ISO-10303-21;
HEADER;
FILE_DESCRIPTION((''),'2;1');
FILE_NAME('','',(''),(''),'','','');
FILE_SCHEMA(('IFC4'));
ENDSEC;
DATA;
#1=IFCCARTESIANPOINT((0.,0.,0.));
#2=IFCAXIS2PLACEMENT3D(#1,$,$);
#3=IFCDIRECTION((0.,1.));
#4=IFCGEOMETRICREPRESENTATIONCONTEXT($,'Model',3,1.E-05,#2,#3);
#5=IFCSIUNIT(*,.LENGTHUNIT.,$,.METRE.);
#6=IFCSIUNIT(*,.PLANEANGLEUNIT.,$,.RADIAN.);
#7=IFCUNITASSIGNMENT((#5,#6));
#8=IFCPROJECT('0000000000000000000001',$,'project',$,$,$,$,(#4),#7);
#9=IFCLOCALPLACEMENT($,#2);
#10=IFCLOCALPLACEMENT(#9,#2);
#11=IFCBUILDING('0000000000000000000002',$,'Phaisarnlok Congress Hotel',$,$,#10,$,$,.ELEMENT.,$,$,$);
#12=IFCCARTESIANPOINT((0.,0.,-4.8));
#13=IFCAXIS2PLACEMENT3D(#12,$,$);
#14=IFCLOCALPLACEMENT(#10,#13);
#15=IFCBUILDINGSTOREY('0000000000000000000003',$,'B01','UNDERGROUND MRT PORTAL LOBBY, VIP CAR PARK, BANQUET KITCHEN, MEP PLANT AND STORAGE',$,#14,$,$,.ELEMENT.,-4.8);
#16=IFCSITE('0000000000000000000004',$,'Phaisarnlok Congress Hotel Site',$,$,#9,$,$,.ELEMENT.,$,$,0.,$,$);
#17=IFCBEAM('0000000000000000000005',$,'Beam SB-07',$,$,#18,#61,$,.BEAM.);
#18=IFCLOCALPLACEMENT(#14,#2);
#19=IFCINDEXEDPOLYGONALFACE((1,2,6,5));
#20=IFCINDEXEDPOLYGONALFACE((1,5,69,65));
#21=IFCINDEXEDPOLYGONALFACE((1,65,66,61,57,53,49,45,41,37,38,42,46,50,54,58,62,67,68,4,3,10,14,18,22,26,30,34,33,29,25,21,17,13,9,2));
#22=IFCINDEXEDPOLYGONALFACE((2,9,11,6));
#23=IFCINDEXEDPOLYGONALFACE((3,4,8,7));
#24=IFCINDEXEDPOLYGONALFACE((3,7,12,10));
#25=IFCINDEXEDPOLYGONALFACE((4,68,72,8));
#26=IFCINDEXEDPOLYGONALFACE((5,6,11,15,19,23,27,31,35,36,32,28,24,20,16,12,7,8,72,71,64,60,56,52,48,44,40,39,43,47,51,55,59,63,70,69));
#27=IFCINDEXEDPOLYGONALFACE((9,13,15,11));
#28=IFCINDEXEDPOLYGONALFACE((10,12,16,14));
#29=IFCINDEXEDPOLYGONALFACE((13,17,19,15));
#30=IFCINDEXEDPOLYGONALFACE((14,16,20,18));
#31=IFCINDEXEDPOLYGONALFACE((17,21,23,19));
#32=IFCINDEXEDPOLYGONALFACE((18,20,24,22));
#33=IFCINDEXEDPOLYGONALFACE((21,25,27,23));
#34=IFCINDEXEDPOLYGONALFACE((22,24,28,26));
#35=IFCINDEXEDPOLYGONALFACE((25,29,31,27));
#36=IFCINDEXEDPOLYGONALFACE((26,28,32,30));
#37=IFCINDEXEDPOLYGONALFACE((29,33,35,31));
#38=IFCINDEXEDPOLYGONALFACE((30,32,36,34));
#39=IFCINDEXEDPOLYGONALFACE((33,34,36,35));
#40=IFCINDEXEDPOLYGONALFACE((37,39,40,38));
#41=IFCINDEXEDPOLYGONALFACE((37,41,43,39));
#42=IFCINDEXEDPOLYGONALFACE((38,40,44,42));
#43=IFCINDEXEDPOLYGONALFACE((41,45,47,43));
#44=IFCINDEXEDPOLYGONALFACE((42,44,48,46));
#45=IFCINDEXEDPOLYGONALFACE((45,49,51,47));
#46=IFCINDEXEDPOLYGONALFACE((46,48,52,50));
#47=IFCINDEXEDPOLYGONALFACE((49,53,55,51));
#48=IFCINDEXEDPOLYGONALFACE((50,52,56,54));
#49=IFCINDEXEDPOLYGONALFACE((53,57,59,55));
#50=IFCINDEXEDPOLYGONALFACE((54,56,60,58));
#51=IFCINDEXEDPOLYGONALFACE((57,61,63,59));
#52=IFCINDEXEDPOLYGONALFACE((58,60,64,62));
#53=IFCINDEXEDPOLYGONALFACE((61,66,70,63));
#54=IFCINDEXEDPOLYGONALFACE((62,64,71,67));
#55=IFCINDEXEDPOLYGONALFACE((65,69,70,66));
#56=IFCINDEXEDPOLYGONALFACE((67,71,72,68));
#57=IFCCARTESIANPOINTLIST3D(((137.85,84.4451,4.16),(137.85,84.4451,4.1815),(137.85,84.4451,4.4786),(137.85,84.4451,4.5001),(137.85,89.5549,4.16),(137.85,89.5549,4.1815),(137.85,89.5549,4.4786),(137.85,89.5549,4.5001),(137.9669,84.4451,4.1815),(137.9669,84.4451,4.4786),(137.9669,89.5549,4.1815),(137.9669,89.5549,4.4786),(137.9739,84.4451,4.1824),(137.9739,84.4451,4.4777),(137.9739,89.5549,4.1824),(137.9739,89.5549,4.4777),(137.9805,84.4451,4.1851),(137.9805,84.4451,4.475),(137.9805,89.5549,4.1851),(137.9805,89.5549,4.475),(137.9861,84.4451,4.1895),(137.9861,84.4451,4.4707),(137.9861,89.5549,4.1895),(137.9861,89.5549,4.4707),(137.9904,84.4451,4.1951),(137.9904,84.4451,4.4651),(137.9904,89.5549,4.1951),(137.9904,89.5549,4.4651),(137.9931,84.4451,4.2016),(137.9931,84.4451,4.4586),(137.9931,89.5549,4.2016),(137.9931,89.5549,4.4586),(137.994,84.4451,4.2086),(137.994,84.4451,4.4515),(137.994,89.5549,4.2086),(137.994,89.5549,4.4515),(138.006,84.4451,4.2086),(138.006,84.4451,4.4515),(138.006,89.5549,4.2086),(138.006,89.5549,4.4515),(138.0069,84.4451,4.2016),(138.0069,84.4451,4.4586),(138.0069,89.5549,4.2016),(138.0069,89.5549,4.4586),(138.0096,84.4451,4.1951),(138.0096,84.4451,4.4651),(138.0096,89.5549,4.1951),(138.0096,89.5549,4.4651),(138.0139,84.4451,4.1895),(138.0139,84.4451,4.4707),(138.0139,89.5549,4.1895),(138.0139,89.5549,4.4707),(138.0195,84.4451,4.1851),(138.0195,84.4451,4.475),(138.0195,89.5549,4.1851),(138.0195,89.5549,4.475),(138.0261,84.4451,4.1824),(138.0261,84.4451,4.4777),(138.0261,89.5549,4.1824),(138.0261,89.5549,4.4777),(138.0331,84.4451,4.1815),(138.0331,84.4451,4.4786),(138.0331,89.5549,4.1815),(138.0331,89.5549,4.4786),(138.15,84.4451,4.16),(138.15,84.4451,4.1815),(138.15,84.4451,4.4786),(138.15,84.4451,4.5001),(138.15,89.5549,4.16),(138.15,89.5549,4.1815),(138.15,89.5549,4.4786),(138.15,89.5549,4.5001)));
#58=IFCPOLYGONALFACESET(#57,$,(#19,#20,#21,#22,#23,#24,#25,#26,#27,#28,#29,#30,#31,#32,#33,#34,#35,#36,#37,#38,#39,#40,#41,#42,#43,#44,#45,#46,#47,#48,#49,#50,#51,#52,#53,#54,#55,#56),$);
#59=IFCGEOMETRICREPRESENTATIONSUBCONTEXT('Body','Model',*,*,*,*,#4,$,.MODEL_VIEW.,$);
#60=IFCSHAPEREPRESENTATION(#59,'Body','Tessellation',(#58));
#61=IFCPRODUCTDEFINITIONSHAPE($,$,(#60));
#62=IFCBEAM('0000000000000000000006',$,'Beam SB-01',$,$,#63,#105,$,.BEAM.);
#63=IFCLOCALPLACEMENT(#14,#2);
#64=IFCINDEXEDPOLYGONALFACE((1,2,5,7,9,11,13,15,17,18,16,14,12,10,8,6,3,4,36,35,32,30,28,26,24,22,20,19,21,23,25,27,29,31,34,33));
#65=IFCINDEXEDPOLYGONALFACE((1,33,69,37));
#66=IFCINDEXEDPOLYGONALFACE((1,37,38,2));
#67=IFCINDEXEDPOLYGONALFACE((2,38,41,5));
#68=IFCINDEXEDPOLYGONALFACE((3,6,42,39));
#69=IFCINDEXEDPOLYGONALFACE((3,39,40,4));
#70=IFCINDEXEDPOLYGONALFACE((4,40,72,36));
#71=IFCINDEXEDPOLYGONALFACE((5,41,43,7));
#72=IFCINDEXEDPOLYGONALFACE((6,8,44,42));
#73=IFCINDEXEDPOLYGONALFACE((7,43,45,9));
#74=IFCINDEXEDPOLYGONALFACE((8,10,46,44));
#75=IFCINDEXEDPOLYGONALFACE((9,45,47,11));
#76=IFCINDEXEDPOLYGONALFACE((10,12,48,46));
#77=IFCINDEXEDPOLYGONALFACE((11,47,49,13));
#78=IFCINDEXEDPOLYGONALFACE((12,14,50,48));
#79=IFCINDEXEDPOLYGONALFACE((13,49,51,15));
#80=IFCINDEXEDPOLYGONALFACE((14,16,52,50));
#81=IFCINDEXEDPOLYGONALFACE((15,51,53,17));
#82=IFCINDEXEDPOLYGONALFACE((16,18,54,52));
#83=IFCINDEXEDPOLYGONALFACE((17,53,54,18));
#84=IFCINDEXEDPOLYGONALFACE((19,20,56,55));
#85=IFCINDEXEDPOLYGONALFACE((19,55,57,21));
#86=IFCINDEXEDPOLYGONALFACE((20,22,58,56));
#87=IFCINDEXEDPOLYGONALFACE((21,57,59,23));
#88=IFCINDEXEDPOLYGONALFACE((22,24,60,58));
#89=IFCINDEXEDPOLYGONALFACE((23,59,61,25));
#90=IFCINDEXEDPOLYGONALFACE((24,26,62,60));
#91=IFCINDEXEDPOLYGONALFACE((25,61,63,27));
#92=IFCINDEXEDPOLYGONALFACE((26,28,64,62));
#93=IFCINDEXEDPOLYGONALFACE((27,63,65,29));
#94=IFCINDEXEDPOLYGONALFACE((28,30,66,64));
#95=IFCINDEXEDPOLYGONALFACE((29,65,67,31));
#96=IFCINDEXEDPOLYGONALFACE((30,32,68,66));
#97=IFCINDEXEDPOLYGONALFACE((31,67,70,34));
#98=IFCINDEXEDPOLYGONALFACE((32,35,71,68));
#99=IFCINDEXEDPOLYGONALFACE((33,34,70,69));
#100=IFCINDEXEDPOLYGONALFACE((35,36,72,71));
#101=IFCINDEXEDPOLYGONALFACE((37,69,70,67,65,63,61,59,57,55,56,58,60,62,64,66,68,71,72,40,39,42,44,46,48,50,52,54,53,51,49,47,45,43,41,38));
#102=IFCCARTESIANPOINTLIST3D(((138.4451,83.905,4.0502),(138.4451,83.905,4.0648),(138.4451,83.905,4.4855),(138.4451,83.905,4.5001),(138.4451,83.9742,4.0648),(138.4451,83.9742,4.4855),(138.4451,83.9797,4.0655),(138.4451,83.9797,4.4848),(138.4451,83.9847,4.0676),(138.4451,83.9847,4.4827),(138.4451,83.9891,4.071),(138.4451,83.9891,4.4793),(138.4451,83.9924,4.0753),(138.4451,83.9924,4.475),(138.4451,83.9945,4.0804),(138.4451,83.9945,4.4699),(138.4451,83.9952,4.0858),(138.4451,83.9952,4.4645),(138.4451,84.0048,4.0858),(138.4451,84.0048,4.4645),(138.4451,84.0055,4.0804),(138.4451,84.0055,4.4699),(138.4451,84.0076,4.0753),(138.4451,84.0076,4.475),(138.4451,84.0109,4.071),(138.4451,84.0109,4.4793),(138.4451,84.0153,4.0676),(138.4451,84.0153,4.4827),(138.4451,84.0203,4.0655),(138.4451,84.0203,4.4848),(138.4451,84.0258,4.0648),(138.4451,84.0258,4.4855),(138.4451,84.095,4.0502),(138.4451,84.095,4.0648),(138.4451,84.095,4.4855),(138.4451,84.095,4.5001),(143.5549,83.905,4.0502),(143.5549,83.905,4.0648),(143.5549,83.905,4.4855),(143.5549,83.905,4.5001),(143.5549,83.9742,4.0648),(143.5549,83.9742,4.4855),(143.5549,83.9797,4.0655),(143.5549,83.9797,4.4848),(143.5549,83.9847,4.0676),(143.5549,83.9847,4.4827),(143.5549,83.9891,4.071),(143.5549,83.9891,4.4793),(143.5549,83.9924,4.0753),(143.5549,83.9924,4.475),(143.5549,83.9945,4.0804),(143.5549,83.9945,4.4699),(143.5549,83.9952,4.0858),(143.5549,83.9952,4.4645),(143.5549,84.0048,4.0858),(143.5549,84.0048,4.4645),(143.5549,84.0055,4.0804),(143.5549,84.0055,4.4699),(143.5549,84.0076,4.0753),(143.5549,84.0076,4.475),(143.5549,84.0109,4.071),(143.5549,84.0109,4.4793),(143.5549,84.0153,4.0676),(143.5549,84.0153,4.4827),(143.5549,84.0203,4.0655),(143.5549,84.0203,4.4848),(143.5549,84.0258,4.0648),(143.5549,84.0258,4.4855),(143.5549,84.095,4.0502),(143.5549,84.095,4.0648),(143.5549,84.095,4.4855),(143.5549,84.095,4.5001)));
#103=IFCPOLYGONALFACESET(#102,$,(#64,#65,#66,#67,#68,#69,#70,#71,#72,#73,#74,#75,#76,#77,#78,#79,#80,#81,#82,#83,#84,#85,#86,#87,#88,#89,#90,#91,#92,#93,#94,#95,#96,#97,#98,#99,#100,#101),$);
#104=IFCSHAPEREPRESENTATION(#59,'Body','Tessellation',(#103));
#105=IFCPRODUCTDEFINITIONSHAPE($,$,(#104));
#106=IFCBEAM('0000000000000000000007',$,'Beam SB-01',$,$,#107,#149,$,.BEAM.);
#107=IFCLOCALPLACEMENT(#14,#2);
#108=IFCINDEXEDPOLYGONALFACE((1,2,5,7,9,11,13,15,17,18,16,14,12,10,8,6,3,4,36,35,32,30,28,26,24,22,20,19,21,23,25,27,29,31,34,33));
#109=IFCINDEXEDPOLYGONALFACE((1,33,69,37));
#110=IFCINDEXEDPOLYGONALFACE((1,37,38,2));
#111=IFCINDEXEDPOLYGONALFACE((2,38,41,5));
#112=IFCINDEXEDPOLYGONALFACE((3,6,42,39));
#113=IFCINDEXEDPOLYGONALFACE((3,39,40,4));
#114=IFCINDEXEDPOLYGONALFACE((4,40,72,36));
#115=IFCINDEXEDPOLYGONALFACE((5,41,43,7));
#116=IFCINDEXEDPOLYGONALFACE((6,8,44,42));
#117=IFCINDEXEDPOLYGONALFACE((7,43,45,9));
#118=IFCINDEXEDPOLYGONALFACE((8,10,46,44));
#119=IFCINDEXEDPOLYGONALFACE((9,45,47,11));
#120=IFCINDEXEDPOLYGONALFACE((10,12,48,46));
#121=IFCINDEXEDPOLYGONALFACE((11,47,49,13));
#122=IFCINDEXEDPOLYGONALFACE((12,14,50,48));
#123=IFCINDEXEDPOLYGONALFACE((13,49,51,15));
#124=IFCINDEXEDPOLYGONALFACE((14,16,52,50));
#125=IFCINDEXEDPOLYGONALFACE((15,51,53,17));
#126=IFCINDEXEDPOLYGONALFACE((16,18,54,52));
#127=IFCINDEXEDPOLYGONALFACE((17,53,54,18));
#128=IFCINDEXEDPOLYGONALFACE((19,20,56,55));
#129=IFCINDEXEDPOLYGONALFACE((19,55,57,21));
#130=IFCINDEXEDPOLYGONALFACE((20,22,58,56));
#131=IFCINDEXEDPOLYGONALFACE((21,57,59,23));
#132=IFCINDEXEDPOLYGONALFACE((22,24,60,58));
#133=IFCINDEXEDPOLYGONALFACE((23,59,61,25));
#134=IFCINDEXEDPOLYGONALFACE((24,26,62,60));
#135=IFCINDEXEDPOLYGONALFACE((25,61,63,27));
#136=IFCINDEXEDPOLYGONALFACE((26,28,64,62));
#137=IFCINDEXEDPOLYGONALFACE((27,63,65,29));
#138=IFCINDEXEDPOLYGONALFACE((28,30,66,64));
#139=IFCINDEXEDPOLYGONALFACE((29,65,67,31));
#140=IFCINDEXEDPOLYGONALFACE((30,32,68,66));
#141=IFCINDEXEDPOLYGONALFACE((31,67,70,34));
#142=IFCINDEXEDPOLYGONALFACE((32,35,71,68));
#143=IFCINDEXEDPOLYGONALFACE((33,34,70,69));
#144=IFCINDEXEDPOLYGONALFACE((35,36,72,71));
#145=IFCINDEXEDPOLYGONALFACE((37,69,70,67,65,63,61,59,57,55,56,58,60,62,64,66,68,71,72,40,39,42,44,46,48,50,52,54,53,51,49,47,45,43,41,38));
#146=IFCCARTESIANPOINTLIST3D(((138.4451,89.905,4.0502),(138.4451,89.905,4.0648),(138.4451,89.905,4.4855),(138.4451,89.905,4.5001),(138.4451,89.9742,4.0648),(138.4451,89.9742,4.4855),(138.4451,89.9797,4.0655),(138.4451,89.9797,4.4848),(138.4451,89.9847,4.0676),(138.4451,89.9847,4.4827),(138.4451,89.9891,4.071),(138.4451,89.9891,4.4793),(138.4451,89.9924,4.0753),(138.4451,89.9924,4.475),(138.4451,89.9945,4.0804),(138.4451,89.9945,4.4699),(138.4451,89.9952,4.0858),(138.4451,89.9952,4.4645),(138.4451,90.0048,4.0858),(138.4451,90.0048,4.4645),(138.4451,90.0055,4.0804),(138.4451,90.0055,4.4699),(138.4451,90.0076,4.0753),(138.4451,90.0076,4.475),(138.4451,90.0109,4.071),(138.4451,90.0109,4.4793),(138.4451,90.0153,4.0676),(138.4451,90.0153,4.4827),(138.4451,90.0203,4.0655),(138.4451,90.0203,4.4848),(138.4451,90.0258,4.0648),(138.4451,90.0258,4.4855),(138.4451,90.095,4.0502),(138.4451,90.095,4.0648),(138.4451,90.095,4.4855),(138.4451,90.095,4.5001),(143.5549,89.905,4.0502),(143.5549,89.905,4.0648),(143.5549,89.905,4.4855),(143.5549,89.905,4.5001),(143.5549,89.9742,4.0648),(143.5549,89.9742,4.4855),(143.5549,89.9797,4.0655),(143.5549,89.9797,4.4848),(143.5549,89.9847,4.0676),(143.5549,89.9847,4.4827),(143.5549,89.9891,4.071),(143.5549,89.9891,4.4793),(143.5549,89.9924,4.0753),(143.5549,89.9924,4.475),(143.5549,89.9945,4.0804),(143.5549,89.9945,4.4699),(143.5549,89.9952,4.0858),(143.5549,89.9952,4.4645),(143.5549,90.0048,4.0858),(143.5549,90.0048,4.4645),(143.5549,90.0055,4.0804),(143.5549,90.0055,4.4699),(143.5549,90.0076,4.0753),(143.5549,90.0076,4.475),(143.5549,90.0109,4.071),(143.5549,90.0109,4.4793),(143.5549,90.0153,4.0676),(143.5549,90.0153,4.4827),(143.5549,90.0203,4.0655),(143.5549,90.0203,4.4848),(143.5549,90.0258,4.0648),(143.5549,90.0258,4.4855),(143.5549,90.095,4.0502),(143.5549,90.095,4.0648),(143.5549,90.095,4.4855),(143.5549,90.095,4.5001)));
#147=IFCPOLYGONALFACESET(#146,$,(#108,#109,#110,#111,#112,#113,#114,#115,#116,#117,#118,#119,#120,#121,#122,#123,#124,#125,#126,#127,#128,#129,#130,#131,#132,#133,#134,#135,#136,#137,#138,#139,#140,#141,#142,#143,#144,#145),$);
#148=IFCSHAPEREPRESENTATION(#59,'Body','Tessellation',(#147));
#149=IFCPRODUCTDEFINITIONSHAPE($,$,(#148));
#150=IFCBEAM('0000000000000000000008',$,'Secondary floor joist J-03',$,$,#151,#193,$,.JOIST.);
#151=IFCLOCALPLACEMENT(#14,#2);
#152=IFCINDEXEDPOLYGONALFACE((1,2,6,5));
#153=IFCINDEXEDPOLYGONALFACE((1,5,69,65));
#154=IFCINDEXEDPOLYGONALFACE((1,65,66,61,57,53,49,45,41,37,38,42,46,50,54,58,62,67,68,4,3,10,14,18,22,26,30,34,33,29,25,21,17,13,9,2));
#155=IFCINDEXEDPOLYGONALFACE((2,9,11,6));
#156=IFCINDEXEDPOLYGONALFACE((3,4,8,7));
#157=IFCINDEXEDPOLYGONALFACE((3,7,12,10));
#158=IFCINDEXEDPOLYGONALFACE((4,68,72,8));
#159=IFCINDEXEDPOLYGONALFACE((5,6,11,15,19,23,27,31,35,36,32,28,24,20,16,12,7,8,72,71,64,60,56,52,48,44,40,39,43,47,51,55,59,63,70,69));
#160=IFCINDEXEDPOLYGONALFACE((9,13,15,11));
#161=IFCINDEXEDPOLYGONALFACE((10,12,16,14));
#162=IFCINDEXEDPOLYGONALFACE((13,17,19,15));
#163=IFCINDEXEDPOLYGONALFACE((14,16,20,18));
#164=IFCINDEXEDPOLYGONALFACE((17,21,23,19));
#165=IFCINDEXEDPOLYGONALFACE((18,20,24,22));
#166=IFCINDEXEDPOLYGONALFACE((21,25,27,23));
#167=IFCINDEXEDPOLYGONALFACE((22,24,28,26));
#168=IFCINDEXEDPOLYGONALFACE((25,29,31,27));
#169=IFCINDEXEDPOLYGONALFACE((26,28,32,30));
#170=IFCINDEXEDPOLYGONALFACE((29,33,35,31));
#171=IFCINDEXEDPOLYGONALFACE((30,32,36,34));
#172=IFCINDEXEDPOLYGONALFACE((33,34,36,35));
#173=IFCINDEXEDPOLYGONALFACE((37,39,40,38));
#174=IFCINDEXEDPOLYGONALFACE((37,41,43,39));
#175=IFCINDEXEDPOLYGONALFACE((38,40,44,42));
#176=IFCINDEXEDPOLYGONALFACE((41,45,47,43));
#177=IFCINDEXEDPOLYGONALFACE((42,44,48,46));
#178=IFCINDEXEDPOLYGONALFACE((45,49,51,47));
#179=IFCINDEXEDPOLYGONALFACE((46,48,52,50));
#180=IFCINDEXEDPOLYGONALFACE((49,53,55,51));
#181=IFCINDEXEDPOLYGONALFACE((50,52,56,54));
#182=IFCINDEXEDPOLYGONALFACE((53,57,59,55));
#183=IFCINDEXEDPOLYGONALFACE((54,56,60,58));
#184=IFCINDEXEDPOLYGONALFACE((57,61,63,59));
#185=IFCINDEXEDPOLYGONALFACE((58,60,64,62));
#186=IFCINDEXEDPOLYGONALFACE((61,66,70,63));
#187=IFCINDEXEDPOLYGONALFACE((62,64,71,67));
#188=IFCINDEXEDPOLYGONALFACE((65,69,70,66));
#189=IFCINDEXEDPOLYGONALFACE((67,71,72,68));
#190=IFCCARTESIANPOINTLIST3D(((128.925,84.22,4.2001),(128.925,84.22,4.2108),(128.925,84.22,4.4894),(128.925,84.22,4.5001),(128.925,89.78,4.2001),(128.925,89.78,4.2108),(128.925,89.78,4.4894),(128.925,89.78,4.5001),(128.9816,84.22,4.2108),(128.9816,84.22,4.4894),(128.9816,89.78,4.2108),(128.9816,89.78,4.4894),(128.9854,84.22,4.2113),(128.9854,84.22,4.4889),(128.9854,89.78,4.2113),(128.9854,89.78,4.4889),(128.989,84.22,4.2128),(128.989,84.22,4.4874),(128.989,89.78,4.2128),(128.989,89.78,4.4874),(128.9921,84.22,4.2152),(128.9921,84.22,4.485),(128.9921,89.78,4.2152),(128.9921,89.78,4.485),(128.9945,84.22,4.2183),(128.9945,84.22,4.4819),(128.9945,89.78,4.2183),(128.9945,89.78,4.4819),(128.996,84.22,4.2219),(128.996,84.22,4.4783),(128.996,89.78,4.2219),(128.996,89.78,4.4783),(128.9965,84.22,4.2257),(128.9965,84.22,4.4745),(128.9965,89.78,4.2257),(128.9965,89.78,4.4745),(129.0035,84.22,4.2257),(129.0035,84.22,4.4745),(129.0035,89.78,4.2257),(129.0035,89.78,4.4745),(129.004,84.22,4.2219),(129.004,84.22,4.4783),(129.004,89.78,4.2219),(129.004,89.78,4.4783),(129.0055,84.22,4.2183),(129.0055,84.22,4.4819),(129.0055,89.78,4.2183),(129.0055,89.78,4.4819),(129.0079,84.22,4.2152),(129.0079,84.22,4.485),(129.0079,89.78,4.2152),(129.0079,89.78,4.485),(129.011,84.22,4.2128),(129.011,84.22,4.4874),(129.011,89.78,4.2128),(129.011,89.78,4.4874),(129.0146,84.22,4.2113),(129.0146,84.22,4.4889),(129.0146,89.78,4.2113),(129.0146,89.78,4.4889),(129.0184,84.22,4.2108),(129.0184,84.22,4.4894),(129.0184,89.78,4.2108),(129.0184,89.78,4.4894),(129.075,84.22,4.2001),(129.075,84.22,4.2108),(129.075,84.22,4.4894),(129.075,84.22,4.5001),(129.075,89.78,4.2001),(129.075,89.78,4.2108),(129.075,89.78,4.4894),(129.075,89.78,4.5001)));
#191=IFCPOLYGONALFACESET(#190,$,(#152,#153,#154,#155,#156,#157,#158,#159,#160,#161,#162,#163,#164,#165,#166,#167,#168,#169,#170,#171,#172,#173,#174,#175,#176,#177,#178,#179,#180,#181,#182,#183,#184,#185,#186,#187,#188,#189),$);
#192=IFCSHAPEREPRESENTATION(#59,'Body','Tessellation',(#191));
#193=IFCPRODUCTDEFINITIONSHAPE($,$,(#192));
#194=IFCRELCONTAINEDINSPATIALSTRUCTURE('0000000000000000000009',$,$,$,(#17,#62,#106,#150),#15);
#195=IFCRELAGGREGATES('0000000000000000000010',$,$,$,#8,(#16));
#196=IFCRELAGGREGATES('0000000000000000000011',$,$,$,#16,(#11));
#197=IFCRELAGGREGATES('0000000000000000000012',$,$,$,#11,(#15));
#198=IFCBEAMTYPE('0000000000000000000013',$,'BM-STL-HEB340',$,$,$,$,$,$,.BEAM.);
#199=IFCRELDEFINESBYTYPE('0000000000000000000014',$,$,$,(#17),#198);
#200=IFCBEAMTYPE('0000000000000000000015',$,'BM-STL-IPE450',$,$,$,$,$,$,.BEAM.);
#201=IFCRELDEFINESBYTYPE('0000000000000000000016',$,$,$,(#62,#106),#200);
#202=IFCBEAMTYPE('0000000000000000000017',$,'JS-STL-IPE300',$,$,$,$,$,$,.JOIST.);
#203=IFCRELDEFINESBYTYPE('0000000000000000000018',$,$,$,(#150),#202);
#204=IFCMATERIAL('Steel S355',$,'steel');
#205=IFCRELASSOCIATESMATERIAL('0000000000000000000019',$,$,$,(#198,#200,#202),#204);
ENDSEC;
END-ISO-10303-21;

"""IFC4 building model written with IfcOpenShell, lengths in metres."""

from ifc_helpers import new_model, si_unit, direction, frame, origin, origin_2d, place, context, subcontext, project, spatial, i_section, extrude, material, material_profile, profile_set, type_object, element, save


model = new_model("IFC4")

# Units and contexts
model_context = context("Model", 3, precision=1e-05, world=origin(), true_north=direction((0.0, 1.0)))
body_context = subcontext(model_context, "Body", "Model", "MODEL_VIEW")
ifc_project = project(units=[si_unit("LENGTHUNIT", "METRE"), si_unit("PLANEANGLEUNIT", "RADIAN")], contexts=[model_context])

# Site, building, storey
site_placement = place(None, origin())
site = spatial("IfcSite", under=ifc_project, at=site_placement, Name="Phaisarnlok Congress Hotel Site", CompositionType="ELEMENT", RefElevation=0.0)
building_placement = place(site_placement, origin())
building = spatial("IfcBuilding", under=site, at=building_placement, Name="Phaisarnlok Congress Hotel", CompositionType="ELEMENT")
storey_placement = place(building_placement, frame((0.0, 0.0, -4.8)))
storey = spatial("IfcBuildingStorey", under=building, at=storey_placement, Name="B01", Description="UNDERGROUND MRT PORTAL LOBBY, VIP CAR PARK, BANQUET KITCHEN, MEP PLANT AND STORAGE", CompositionType="ELEMENT", Elevation=-4.8)

# Beams
ifc_material_1 = material(Name="Steel S355", Category="steel")
ifc_material_profile_1 = material_profile(ifc_material_1, i_section(OverallWidth=0.3, OverallDepth=0.3401, WebThickness=0.012, FlangeThickness=0.0215, FilletRadius=0.0271, at=origin_2d()), Name="HEB 340")
ifc_profile_set_1 = profile_set([ifc_material_profile_1], Name="Steel S355")
beam_type_1 = type_object("IfcBeamType", Name="BM-STL-HEB340", PredefinedType="BEAM", material=ifc_profile_set_1)
for number, where, z_axis, x_axis, name in (
    (1, (138.0, 84.4451, 4.3301), (0.0, 1.0, 0.0), (-1.0, 0.0, 0.0), "Beam SB-07"),
):
    element("IfcBeam", number, at=place(storey_placement, frame(where, z_axis=z_axis, x_axis=x_axis)), inside=storey, type_object=beam_type_1, Name=name, PredefinedType="BEAM", context=body_context, shape_type="SweptSolid", body=[
        extrude(i_section(OverallWidth=0.3, OverallDepth=0.3401, WebThickness=0.012, FlangeThickness=0.0215, FilletRadius=0.0271, at=origin_2d()), origin(), (0.0, 0.0, 1.0), 5.1099),
    ])
ifc_material_profile_2 = material_profile(ifc_material_1, i_section(OverallWidth=0.1899, OverallDepth=0.45, WebThickness=0.0095, FlangeThickness=0.0146, FilletRadius=0.021, at=origin_2d()), Name="IPE 450")
ifc_profile_set_2 = profile_set([ifc_material_profile_2], Name="Steel S355")
beam_type_2 = type_object("IfcBeamType", Name="BM-STL-IPE450", PredefinedType="BEAM", material=ifc_profile_set_2)
for number, where, z_axis, x_axis, name in (
    (2, (138.4451, 84.0, 4.2751), (1.0, 0.0, 0.0), (0.0, 1.0, 0.0), "Beam SB-01"),
    (3, (138.4451, 90.0, 4.2751), (1.0, 0.0, 0.0), (0.0, 1.0, 0.0), "Beam SB-01"),
):
    element("IfcBeam", number, at=place(storey_placement, frame(where, z_axis=z_axis, x_axis=x_axis)), inside=storey, type_object=beam_type_2, Name=name, PredefinedType="BEAM", context=body_context, shape_type="SweptSolid", body=[
        extrude(i_section(OverallWidth=0.1899, OverallDepth=0.45, WebThickness=0.0095, FlangeThickness=0.0146, FilletRadius=0.021, at=origin_2d()), origin(), (0.0, 0.0, 1.0), 5.1099),
    ])
ifc_material_profile_3 = material_profile(ifc_material_1, i_section(OverallWidth=0.1499, OverallDepth=0.3, WebThickness=0.0071, FlangeThickness=0.0107, FilletRadius=0.0149, at=origin_2d()), Name="IPE 300")
ifc_profile_set_3 = profile_set([ifc_material_profile_3], Name="Steel S355")
beam_type_3 = type_object("IfcBeamType", Name="JS-STL-IPE300", PredefinedType="JOIST", material=ifc_profile_set_3)
beam_1_placement = place(storey_placement, frame((129.0, 84.22, 4.3501), z_axis=(0.0, 1.0, 0.0), x_axis=(-1.0, 0.0, 0.0)))
element("IfcBeam", 4, at=beam_1_placement, inside=storey, type_object=beam_type_3, Name="Secondary floor joist J-03", PredefinedType="JOIST", context=body_context, shape_type="SweptSolid", body=[
    extrude(i_section(OverallWidth=0.1499, OverallDepth=0.3, WebThickness=0.0071, FlangeThickness=0.0107, FilletRadius=0.0149, at=origin_2d()), origin(), (0.0, 0.0, 1.0), 5.5601),
])

save(model, "model.ifc")
